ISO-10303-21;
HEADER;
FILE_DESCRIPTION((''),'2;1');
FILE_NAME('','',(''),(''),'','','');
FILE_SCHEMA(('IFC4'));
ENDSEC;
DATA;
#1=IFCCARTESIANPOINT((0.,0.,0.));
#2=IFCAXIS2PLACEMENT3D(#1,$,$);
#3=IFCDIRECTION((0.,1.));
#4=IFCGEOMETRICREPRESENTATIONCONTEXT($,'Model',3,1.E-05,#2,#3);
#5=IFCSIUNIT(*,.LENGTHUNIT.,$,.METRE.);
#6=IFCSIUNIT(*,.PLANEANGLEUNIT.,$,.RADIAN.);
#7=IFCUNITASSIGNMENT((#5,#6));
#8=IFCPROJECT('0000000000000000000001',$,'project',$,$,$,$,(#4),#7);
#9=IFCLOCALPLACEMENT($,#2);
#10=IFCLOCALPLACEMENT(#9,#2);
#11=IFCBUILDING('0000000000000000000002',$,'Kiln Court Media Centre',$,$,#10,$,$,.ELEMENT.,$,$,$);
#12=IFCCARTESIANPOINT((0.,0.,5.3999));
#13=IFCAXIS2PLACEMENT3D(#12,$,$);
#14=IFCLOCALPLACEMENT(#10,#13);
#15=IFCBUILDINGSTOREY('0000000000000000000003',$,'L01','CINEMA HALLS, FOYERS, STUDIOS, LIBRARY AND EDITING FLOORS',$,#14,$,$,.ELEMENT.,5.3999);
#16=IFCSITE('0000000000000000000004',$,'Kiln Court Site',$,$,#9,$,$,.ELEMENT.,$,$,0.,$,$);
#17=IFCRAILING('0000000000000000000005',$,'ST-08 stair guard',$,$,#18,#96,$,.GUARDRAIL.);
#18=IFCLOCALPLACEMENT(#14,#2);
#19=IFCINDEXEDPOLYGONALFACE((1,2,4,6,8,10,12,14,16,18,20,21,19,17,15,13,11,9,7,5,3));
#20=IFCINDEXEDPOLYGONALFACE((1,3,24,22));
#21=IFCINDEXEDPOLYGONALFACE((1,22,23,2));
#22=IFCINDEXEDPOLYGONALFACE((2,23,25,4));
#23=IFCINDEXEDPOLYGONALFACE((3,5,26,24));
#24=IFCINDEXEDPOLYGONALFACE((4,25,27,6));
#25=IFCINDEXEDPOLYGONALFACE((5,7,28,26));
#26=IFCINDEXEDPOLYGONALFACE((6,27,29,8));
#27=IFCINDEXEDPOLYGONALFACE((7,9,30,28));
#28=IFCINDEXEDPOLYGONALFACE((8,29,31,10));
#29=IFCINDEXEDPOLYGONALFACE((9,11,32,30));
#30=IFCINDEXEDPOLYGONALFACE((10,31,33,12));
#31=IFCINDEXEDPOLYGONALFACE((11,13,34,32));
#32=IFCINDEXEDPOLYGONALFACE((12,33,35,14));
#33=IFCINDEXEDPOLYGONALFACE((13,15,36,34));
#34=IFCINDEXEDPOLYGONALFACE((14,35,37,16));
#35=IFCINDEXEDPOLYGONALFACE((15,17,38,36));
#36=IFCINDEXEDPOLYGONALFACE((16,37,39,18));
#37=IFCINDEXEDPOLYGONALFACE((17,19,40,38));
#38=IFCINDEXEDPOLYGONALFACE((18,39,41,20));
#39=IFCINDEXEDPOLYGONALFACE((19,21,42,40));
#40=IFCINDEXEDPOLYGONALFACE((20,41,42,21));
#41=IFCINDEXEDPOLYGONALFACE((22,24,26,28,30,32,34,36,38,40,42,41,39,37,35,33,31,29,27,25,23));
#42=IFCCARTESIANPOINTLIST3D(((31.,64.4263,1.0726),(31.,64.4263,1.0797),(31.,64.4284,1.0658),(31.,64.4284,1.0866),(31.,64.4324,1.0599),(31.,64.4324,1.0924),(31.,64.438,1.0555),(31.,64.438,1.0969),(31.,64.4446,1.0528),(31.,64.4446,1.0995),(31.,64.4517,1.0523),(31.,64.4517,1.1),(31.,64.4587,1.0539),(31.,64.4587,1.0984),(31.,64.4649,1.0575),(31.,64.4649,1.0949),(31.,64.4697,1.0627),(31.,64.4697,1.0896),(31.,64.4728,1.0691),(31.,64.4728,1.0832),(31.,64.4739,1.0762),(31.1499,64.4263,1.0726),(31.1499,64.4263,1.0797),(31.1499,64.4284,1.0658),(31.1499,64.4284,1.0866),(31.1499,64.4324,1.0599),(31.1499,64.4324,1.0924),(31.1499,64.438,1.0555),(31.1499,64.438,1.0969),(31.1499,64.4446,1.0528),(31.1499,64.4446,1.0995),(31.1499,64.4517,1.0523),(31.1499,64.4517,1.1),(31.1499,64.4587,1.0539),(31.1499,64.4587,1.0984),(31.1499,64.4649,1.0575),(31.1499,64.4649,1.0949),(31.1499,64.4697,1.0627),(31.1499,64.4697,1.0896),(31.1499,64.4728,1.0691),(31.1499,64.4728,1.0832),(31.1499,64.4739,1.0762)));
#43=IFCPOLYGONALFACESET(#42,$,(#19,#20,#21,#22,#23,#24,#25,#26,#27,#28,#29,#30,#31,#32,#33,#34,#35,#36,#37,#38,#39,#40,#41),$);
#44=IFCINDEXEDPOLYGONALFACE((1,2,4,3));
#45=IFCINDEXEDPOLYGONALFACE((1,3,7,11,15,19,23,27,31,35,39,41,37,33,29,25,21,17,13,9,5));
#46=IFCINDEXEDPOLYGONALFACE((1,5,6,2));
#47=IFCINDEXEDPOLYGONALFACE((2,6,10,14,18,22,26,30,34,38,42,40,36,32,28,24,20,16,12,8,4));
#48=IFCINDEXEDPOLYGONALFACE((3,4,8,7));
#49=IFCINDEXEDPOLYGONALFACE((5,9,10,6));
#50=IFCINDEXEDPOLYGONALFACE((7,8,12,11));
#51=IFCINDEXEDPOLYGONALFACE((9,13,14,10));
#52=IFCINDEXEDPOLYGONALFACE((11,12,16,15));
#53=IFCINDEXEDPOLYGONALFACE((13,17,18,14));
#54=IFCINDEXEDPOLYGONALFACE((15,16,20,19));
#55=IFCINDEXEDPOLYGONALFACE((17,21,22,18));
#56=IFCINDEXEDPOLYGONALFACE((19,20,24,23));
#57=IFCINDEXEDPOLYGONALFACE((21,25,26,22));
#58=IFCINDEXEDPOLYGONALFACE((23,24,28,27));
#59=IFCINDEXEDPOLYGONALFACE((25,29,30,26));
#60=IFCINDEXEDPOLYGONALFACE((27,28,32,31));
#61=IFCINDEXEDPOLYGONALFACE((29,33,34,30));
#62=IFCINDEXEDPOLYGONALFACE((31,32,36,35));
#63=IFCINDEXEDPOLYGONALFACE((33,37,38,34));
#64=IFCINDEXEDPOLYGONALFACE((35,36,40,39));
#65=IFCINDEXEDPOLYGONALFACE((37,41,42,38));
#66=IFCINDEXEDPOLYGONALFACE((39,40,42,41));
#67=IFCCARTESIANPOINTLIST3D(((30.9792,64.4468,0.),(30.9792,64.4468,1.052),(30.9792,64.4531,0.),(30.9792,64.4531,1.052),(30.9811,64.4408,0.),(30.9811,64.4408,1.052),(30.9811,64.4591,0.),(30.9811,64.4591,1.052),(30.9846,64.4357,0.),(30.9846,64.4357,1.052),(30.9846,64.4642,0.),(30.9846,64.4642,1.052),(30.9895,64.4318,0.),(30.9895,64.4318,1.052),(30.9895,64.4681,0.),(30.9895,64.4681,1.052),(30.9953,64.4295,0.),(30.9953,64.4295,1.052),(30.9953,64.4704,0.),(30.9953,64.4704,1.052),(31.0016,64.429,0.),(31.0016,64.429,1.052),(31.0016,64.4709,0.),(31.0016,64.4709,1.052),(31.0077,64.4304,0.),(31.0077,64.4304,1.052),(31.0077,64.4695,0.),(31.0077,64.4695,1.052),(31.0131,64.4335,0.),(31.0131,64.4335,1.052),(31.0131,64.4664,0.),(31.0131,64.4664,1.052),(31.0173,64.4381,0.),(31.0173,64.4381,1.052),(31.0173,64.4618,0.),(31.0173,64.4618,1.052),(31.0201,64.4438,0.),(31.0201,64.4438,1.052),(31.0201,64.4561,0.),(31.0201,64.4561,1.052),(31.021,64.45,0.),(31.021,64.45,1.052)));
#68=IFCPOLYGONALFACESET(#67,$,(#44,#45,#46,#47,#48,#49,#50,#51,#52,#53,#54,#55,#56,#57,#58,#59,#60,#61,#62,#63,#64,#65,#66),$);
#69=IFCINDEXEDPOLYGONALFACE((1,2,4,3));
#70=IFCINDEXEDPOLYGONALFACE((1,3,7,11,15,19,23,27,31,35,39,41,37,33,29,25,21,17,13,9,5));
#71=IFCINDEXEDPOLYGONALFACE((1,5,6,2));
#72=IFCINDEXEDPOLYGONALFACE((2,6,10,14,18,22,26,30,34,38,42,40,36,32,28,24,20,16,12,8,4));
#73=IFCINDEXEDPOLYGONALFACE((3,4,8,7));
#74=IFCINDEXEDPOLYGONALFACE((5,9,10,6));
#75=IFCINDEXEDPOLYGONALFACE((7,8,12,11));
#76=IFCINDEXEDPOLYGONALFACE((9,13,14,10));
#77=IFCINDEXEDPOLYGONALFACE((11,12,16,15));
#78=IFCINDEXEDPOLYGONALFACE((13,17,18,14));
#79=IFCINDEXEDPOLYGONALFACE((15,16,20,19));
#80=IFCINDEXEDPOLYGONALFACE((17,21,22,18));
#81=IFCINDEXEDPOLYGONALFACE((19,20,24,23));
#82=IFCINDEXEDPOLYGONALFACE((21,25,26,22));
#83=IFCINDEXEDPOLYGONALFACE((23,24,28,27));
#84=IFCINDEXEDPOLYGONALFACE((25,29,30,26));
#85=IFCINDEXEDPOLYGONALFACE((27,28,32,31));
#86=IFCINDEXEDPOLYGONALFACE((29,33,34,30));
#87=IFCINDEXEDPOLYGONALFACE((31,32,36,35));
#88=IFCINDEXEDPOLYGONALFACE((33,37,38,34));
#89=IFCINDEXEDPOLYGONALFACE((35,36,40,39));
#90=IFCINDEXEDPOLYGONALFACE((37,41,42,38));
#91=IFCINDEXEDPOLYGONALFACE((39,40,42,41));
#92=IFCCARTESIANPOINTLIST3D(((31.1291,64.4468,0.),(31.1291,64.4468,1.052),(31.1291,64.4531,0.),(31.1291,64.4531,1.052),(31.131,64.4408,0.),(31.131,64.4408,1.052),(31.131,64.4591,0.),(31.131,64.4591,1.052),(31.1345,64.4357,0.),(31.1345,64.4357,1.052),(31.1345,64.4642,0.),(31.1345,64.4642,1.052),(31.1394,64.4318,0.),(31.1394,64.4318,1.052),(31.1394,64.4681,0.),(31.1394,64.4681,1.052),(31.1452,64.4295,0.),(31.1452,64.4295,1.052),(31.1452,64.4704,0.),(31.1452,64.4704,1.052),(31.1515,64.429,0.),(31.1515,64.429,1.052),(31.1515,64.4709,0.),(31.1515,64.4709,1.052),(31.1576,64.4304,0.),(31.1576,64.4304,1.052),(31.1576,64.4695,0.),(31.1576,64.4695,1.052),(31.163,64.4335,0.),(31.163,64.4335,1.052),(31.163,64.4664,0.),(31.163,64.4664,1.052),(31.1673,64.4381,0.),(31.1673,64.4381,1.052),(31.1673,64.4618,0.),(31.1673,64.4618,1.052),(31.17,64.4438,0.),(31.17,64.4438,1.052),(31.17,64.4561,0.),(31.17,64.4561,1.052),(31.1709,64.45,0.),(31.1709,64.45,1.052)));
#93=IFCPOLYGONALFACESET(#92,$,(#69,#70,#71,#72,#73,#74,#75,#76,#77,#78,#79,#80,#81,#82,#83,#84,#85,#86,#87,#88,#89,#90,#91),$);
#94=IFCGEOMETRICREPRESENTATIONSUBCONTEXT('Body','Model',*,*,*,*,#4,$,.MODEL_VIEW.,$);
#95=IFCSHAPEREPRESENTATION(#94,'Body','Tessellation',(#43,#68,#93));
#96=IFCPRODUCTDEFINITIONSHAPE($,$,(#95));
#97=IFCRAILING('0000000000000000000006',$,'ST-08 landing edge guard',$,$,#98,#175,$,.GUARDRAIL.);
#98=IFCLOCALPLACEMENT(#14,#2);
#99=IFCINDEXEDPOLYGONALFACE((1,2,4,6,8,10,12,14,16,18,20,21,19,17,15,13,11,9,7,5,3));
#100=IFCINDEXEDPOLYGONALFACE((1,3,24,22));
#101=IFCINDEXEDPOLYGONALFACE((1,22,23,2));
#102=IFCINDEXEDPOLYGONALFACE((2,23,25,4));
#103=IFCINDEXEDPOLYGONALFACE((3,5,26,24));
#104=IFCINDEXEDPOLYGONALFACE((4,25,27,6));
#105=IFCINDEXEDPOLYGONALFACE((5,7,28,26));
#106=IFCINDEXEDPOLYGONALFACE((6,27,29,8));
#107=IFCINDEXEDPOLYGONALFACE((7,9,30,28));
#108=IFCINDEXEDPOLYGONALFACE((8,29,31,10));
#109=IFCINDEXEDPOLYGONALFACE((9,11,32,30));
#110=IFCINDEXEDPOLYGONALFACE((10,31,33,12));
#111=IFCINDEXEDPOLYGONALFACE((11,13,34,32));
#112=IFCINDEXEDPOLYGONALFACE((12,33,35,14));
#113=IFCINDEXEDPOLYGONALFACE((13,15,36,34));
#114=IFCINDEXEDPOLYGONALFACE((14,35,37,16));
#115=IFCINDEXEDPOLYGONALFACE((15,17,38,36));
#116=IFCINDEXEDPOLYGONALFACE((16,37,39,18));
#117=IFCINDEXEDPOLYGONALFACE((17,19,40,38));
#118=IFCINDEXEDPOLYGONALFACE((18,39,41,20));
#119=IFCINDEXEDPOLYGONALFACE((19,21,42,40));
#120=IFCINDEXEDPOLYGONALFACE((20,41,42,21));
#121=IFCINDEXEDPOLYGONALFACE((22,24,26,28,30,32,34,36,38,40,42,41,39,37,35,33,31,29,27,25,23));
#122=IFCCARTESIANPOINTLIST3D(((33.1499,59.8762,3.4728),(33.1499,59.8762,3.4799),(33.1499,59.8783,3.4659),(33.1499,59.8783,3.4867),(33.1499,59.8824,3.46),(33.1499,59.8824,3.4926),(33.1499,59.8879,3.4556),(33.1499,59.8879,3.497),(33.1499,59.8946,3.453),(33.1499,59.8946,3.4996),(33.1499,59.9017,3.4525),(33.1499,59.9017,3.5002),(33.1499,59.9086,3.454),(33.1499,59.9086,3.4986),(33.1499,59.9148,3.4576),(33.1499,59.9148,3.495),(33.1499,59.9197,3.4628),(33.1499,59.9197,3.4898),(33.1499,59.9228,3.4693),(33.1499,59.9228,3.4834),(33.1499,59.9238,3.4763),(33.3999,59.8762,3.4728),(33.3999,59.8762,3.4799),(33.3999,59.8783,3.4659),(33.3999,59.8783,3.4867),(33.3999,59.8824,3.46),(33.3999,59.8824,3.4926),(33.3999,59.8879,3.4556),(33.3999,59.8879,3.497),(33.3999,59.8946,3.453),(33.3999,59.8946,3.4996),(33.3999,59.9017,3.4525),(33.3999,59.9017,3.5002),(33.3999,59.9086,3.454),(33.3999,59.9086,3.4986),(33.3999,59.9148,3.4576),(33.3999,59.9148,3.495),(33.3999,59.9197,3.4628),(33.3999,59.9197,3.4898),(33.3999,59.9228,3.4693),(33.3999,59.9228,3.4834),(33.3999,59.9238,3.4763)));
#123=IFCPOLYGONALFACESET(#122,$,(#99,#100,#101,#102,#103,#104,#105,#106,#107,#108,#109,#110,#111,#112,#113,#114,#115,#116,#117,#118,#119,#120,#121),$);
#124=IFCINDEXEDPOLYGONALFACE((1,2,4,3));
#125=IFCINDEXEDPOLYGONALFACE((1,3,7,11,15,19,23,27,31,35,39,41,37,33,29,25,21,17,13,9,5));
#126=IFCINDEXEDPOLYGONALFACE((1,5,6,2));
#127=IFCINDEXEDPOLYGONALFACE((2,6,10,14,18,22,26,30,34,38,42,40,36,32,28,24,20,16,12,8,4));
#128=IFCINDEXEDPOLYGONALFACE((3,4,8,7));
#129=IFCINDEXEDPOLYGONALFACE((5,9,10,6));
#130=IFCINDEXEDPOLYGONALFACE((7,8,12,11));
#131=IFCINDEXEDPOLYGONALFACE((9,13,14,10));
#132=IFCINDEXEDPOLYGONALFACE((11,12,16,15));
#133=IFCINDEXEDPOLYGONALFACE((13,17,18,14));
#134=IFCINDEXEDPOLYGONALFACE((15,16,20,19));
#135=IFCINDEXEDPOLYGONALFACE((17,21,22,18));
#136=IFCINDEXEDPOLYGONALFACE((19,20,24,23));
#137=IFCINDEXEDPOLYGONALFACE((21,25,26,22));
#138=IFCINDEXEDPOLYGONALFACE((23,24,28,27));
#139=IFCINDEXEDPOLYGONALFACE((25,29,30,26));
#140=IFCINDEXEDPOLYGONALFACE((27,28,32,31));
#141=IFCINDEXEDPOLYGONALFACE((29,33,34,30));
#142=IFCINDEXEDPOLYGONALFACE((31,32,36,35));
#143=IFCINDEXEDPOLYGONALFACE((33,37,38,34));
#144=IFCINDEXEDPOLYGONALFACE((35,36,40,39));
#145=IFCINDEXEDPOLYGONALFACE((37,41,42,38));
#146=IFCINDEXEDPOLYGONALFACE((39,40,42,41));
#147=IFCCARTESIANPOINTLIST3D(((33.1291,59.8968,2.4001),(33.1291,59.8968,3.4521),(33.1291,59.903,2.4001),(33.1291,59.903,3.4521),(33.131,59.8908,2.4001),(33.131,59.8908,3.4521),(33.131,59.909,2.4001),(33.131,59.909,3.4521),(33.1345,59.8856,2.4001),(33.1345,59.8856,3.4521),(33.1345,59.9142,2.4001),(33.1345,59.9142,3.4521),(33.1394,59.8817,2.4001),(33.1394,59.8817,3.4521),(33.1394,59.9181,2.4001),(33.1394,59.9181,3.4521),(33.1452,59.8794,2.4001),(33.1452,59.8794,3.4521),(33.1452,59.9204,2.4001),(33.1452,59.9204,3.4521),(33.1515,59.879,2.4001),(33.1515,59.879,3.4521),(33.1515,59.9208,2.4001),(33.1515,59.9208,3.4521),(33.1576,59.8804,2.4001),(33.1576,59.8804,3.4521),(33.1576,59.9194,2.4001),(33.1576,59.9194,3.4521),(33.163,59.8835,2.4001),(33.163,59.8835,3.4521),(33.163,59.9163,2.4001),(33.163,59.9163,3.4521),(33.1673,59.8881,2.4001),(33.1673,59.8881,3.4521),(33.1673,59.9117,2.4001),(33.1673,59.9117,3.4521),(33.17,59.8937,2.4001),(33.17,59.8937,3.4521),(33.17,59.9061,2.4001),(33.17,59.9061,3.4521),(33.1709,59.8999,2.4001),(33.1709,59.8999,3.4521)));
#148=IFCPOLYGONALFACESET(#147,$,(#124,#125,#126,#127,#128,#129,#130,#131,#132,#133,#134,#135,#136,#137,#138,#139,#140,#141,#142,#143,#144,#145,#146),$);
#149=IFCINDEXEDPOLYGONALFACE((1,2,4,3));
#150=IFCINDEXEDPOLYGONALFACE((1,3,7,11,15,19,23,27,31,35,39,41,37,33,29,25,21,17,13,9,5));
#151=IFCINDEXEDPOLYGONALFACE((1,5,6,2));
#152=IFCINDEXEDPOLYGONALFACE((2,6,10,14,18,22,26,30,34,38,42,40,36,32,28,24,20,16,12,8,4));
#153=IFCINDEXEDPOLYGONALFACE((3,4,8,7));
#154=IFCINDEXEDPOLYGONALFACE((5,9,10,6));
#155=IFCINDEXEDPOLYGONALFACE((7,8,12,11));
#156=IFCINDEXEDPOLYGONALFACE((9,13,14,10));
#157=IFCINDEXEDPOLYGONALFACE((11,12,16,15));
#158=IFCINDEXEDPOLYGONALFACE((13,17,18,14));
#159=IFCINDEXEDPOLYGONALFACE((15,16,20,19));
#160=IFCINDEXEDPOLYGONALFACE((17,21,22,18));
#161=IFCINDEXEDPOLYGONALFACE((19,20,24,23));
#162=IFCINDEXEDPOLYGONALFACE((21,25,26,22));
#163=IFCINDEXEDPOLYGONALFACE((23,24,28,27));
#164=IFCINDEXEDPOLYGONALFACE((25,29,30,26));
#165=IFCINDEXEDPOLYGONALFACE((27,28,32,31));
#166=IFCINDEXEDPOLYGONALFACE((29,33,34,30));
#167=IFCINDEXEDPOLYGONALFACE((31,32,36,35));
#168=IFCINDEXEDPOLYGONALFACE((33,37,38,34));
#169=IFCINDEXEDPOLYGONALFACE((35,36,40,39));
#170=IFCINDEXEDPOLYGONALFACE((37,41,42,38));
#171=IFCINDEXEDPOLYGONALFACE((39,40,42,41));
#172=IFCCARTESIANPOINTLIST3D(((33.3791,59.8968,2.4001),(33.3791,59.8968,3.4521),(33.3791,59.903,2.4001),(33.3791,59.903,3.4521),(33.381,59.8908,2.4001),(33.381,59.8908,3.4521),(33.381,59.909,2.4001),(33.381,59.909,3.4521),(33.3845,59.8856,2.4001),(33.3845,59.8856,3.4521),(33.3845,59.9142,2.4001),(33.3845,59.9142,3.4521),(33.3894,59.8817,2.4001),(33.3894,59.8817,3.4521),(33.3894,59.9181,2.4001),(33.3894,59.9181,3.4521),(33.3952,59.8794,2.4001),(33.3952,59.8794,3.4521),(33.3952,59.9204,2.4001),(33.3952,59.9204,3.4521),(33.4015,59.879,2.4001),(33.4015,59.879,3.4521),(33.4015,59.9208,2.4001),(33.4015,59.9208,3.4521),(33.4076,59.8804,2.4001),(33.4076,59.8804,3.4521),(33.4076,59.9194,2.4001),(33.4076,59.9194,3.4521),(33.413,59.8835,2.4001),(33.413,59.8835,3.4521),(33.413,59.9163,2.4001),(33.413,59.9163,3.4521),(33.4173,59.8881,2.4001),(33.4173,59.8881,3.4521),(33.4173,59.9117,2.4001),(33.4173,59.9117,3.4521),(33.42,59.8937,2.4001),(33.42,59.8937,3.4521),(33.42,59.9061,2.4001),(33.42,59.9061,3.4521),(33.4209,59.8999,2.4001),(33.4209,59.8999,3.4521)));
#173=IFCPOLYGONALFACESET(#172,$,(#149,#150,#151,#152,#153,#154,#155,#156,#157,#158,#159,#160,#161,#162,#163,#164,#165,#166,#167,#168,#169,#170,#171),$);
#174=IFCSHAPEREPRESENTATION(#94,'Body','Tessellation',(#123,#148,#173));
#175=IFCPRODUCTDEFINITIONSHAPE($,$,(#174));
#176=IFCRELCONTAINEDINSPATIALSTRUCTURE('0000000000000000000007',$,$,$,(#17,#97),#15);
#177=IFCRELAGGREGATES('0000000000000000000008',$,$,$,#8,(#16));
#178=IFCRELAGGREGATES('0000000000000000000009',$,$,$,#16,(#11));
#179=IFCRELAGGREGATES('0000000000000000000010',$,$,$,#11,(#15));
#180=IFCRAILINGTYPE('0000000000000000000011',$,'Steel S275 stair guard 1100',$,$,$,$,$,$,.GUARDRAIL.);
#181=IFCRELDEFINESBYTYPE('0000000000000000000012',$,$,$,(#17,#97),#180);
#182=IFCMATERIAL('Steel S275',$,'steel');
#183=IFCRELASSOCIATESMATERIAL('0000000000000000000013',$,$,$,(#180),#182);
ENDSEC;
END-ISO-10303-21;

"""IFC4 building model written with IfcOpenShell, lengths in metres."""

from ifc_helpers import new_model, si_unit, direction, frame, origin, origin_2d, place, context, subcontext, project, spatial, circle, extrude, material, type_object, element, save


model = new_model("IFC4")

# Units and contexts
model_context = context("Model", 3, precision=1e-05, world=origin(), true_north=direction((0.0, 1.0)))
body_context = subcontext(model_context, "Body", "Model", "MODEL_VIEW")
ifc_project = project(units=[si_unit("LENGTHUNIT", "METRE"), si_unit("PLANEANGLEUNIT", "RADIAN")], contexts=[model_context])

# Site, building, storey
site_placement = place(None, origin())
site = spatial("IfcSite", under=ifc_project, at=site_placement, Name="Kiln Court Site", CompositionType="ELEMENT", RefElevation=0.0)
building_placement = place(site_placement, origin())
building = spatial("IfcBuilding", under=site, at=building_placement, Name="Kiln Court Media Centre", CompositionType="ELEMENT")
storey_placement = place(building_placement, frame((0.0, 0.0, 5.3999)))
storey = spatial("IfcBuildingStorey", under=building, at=storey_placement, Name="L01", Description="CINEMA HALLS, FOYERS, STUDIOS, LIBRARY AND EDITING FLOORS", CompositionType="ELEMENT", Elevation=5.3999)

# Railings
ifc_material_1 = material(Name="Steel S275", Category="steel")
railing_type_1 = type_object("IfcRailingType", Name="Steel S275 stair guard 1100", PredefinedType="GUARDRAIL", material=ifc_material_1)
railing_1_placement = place(storey_placement, frame((31.0, 64.45, 0.0)))
element("IfcRailing", 1, at=railing_1_placement, inside=storey, type_object=railing_type_1, Name="ST-08 stair guard", PredefinedType="GUARDRAIL", context=body_context, shape_type="SweptSolid", body=[
    extrude(circle(Radius=0.0239, at=origin_2d()), frame((0.0, 0.0, 1.0762), z_axis=(1.0, 0.0, 0.0), x_axis=(0.0, 1.0, 0.0)), (0.0, 0.0, 1.0), 0.1499),
    extrude(circle(Radius=0.021, at=origin_2d()), origin(), (0.0, 0.0, 1.0), 1.052),
    extrude(circle(Radius=0.021, at=origin_2d()), frame((0.1499, 0.0, 0.0)), (0.0, 0.0, 1.0), 1.052),
])
for number, where, name in (
    (2, (33.1499, 59.8999, 2.4001), "ST-08 landing edge guard"),
):
    element("IfcRailing", number, at=place(storey_placement, frame(where)), inside=storey, type_object=railing_type_1, Name=name, PredefinedType="GUARDRAIL", context=body_context, shape_type="SweptSolid", body=[
        extrude(circle(Radius=0.0239, at=origin_2d()), frame((0.0, 0.0, 1.0762), z_axis=(1.0, 0.0, 0.0), x_axis=(0.0, 1.0, 0.0)), (0.0, 0.0, 1.0), 0.25),
        extrude(circle(Radius=0.021, at=origin_2d()), origin(), (0.0, 0.0, 1.0), 1.052),
        extrude(circle(Radius=0.021, at=origin_2d()), frame((0.25, 0.0, 0.0)), (0.0, 0.0, 1.0), 1.052),
    ])

save(model, "model.ifc")
